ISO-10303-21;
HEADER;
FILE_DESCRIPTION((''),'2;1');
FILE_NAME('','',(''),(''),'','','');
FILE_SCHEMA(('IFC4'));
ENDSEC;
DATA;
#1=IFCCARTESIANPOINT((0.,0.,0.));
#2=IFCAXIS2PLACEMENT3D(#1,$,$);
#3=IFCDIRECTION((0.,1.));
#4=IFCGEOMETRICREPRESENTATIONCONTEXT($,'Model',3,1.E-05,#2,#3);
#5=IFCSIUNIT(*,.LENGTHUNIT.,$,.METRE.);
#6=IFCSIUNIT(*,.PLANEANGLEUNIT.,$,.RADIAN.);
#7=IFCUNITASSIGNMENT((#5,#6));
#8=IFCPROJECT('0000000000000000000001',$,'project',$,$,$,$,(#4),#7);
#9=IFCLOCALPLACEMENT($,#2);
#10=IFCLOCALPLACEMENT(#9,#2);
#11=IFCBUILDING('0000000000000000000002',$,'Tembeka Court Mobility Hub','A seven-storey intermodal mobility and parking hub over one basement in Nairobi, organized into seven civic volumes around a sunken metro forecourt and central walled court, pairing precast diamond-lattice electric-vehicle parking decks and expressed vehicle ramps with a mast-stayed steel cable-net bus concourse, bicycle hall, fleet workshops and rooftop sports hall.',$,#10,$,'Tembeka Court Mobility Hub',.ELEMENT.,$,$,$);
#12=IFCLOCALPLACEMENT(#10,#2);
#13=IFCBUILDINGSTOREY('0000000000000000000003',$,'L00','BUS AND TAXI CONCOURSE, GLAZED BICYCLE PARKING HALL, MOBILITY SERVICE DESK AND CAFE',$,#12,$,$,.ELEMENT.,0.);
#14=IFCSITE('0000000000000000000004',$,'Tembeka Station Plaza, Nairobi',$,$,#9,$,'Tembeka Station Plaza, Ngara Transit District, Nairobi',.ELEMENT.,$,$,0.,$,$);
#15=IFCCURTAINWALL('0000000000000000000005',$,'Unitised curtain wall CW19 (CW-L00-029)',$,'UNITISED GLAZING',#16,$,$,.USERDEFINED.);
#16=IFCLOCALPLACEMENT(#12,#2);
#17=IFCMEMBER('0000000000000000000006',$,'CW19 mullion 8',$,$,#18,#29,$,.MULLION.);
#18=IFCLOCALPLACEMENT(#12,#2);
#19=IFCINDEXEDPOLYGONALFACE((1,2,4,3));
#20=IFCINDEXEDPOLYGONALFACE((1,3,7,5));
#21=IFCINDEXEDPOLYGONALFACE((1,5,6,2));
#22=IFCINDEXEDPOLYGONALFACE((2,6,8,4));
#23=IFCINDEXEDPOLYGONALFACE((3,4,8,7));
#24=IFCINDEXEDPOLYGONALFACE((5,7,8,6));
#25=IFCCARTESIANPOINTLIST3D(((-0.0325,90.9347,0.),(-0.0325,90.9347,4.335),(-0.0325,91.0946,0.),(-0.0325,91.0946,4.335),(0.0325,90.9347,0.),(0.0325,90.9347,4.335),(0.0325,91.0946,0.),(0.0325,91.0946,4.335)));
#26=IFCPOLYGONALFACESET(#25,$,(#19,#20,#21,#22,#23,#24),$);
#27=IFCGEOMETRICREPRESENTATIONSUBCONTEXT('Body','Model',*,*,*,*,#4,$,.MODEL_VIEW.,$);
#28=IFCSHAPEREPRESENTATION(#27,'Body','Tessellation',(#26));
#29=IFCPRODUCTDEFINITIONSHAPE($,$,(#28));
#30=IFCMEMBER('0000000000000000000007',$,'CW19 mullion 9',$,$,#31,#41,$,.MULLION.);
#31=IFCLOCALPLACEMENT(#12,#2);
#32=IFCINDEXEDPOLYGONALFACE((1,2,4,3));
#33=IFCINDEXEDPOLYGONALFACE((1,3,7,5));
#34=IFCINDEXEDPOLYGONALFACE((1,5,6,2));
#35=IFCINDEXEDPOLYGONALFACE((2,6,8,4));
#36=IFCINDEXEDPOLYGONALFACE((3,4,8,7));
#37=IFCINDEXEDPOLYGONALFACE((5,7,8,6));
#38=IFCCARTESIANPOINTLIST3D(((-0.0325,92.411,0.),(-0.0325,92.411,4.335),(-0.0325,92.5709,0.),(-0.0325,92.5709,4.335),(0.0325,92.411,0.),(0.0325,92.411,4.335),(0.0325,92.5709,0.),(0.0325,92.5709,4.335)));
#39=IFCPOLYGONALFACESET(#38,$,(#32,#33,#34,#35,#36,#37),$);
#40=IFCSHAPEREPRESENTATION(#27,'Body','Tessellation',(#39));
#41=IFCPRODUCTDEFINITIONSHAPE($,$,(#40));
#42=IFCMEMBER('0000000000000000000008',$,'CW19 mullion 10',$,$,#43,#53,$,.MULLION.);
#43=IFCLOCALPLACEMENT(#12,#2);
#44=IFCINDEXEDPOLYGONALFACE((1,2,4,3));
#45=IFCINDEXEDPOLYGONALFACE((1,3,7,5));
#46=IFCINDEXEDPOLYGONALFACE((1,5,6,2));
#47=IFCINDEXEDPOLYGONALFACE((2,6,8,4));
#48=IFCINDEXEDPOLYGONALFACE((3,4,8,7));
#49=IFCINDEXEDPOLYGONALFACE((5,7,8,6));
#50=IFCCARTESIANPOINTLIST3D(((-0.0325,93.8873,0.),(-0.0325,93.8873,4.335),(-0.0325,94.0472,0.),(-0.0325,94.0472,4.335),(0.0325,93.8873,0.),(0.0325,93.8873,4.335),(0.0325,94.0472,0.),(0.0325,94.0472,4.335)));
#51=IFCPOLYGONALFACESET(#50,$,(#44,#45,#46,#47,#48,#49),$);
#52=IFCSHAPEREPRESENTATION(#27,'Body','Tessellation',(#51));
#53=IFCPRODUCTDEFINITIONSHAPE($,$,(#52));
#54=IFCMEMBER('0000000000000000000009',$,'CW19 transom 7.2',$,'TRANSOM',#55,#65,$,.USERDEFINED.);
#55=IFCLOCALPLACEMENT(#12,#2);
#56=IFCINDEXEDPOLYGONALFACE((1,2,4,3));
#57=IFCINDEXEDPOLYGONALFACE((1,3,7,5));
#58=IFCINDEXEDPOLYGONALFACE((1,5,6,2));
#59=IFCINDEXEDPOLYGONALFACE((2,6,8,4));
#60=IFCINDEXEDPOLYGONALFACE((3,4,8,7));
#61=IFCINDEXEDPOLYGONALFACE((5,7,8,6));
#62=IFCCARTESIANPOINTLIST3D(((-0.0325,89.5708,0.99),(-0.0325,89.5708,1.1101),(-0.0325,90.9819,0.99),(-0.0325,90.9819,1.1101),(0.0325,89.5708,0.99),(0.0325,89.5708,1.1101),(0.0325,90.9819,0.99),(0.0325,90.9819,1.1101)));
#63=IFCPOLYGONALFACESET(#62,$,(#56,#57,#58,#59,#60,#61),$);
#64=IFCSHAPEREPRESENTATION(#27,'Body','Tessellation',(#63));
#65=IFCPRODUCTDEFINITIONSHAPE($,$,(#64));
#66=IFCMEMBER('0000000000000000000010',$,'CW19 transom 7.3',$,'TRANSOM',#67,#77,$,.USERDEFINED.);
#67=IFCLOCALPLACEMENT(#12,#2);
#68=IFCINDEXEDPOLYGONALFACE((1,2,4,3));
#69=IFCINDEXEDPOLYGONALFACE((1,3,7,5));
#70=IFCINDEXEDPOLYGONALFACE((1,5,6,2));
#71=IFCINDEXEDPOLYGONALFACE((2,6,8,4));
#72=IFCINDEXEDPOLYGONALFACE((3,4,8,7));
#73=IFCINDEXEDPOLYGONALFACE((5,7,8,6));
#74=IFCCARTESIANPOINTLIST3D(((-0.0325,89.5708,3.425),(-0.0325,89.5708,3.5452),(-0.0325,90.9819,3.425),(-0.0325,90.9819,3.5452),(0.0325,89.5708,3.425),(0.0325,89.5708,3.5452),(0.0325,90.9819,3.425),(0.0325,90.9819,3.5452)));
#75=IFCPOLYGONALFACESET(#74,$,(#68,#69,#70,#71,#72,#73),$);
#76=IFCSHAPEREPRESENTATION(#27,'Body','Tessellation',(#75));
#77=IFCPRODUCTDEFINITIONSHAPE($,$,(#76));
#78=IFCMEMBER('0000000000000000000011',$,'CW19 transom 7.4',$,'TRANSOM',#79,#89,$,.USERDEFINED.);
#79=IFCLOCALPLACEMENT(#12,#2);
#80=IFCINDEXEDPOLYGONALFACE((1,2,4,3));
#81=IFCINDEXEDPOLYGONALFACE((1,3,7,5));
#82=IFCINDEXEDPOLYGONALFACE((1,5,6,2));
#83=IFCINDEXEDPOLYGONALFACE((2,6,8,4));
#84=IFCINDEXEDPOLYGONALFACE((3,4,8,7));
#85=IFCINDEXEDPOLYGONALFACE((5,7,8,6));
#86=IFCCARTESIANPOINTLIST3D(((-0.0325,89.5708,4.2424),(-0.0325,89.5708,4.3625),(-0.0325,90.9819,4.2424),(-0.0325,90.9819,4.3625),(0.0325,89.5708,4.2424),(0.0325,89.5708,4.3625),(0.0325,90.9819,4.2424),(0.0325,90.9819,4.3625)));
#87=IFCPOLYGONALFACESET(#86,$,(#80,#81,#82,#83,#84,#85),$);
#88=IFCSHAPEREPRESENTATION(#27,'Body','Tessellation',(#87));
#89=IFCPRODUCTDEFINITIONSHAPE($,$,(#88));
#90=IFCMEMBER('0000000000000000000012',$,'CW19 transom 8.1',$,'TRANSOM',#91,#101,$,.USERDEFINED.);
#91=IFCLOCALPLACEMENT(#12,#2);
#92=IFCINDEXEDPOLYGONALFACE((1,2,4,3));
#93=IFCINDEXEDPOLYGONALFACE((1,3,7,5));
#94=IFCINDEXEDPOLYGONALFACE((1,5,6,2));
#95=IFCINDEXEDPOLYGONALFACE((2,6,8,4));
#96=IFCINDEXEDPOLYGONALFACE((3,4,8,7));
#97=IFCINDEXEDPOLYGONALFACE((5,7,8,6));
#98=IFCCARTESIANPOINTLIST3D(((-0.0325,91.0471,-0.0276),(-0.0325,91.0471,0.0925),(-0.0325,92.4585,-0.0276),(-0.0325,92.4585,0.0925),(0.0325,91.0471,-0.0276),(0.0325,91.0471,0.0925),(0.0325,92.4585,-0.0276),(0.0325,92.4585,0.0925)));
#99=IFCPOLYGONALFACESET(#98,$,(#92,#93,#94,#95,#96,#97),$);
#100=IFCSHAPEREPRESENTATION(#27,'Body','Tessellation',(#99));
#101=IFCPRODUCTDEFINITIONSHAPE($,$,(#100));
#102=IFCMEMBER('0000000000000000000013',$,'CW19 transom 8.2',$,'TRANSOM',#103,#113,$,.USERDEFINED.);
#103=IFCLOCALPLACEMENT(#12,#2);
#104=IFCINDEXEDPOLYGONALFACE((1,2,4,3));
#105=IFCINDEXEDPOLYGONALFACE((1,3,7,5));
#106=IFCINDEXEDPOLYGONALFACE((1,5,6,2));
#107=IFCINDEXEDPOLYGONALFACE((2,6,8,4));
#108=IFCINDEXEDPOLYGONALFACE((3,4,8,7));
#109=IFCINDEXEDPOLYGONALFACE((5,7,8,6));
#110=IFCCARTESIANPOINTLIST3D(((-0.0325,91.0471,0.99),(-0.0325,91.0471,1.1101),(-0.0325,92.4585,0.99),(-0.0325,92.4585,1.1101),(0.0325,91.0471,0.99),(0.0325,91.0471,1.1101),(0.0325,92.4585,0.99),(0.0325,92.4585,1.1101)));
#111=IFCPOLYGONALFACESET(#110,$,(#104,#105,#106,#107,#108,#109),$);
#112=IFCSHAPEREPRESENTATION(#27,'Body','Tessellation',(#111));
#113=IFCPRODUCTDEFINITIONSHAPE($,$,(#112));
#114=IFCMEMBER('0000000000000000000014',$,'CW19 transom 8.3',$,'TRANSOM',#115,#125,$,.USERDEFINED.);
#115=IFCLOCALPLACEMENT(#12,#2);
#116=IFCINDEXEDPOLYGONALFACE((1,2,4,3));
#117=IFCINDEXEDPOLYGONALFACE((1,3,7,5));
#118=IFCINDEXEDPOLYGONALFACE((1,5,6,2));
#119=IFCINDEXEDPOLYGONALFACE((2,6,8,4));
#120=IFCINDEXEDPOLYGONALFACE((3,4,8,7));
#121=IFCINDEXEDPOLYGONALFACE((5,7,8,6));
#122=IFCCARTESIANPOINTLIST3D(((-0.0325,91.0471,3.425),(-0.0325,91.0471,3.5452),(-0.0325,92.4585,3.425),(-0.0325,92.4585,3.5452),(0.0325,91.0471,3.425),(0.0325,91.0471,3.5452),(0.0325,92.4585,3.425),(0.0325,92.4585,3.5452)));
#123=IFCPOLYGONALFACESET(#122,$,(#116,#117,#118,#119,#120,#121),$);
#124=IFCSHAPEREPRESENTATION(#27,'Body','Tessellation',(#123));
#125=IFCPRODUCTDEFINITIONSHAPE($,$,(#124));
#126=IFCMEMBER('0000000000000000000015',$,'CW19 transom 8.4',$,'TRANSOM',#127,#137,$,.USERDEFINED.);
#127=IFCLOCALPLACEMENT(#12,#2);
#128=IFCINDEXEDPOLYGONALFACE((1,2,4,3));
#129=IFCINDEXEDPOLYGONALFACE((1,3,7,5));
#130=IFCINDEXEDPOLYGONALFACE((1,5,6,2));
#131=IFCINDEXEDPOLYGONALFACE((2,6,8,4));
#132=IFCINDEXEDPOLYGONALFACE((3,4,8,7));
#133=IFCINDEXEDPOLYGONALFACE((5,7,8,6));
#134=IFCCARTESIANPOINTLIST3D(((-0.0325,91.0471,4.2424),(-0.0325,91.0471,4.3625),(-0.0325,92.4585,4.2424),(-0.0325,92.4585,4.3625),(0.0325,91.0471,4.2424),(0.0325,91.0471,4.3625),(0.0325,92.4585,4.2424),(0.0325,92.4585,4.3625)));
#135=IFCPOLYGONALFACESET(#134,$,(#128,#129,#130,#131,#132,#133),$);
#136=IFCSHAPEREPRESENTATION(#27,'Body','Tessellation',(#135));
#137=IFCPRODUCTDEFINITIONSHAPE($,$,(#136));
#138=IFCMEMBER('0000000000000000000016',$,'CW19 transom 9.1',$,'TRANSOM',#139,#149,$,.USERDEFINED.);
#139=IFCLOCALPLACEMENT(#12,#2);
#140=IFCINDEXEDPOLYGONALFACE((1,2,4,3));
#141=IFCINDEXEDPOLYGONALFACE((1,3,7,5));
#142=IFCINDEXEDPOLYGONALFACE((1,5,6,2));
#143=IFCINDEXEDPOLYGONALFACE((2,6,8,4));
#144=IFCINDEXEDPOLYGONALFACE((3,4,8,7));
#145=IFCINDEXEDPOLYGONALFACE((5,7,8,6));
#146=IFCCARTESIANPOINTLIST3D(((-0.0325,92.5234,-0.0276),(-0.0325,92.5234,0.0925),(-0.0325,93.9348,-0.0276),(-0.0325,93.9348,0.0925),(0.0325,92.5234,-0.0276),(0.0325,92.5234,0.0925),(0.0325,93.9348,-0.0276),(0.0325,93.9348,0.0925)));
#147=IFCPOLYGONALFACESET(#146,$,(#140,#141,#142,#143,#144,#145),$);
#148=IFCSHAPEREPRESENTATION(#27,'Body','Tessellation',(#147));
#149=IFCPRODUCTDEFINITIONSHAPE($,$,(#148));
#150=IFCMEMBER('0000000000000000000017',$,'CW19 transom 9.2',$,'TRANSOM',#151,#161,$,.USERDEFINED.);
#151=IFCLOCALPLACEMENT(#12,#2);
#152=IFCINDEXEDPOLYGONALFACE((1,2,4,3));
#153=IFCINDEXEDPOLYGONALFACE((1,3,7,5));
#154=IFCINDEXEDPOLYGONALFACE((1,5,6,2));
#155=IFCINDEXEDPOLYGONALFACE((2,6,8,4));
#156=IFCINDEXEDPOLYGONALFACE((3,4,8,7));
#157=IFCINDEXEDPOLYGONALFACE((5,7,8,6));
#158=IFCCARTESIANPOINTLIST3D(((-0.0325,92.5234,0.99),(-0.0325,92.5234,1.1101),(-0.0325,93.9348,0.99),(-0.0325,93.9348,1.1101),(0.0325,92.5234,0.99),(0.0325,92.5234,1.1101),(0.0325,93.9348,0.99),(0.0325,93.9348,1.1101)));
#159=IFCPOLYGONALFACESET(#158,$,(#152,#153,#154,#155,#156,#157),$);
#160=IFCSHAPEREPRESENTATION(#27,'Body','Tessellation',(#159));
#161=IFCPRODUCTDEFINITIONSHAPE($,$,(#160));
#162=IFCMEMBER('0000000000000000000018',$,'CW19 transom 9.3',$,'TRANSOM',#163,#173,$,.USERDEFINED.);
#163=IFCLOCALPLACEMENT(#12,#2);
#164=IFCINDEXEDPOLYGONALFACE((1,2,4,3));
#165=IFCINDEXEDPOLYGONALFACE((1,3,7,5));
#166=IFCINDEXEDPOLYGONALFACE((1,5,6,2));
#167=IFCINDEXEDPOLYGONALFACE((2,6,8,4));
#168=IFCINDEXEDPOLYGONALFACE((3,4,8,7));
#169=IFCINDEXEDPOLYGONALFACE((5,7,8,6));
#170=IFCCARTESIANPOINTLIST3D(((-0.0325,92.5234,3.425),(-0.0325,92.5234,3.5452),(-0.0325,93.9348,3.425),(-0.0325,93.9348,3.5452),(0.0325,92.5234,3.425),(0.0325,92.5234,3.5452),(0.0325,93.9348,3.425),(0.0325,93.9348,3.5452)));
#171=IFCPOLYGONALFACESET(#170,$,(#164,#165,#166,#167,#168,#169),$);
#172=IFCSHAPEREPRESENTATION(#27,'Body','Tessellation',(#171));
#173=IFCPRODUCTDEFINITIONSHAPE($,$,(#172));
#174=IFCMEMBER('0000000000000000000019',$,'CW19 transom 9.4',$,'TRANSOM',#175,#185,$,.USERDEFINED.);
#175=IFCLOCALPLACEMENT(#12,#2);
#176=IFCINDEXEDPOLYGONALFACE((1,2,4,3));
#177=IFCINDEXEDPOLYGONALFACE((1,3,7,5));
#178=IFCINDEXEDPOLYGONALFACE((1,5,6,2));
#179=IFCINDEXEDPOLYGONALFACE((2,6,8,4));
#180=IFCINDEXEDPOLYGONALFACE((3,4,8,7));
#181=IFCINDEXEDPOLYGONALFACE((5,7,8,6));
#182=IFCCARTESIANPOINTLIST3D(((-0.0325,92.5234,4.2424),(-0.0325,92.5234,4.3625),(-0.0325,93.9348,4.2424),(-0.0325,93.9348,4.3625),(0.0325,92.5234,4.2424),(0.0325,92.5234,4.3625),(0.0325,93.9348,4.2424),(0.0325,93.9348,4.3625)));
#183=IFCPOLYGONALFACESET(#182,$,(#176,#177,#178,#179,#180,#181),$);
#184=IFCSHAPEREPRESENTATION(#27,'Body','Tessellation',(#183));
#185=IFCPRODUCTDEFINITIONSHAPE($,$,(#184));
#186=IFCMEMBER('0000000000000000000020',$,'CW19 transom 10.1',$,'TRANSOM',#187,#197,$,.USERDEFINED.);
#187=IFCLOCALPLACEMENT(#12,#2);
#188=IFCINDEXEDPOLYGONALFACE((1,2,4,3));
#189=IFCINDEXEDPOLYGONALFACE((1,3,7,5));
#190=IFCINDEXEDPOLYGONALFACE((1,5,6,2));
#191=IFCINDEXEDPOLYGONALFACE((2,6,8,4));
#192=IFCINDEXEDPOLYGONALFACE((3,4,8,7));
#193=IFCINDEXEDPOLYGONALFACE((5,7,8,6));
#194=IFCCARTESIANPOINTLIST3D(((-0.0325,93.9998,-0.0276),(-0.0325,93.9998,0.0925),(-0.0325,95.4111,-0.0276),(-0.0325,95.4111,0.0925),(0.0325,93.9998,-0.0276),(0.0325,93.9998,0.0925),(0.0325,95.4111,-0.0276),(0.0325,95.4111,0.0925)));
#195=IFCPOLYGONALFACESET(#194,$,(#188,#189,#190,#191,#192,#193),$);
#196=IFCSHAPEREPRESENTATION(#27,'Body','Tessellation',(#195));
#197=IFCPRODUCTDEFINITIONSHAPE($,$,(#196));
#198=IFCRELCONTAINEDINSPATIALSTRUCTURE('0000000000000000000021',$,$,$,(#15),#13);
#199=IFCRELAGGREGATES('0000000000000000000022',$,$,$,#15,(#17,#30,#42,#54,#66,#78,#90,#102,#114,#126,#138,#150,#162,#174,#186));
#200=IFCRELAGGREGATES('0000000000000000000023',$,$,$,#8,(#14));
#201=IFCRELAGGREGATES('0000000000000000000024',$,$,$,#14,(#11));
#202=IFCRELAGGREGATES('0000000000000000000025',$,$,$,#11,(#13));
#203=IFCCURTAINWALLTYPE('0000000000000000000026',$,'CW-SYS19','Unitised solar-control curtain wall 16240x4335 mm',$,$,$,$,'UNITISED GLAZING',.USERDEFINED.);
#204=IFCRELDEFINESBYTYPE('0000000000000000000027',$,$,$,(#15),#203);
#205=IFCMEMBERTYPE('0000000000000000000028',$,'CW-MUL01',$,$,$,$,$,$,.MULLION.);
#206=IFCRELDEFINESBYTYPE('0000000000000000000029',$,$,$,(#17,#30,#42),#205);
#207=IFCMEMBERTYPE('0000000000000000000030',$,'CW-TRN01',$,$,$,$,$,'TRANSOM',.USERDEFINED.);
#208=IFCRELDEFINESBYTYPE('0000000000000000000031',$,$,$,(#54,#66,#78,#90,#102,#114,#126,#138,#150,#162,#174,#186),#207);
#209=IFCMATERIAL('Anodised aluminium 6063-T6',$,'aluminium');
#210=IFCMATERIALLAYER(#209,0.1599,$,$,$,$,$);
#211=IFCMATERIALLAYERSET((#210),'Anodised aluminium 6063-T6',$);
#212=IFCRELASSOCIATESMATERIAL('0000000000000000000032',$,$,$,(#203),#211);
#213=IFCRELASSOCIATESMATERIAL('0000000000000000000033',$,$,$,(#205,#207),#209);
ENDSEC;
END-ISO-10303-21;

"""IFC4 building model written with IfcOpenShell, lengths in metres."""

from ifc_helpers import new_model, si_unit, direction, frame, origin, origin_2d, place, context, subcontext, project, spatial, rectangle, extrude, material, layer, layer_set, material_profile, profile_set, type_object, element, aggregate, save


model = new_model("IFC4")

# Units and contexts
model_context = context("Model", 3, precision=1e-05, world=origin(), true_north=direction((0.0, 1.0)))
body_context = subcontext(model_context, "Body", "Model", "MODEL_VIEW")
ifc_project = project(units=[si_unit("LENGTHUNIT", "METRE"), si_unit("PLANEANGLEUNIT", "RADIAN")], contexts=[model_context])

# Site, building, storey
site_placement = place(None, origin())
site = spatial("IfcSite", under=ifc_project, at=site_placement, Name="Tembeka Station Plaza, Nairobi", LongName="Tembeka Station Plaza, Ngara Transit District, Nairobi", CompositionType="ELEMENT", RefElevation=0.0)
building_placement = place(site_placement, origin())
building = spatial("IfcBuilding", under=site, at=building_placement, Name="Tembeka Court Mobility Hub", Description="A seven-storey intermodal mobility and parking hub over one basement in Nairobi, organized into seven civic volumes around a sunken metro forecourt and central walled court, pairing precast diamond-lattice electric-vehicle parking decks and expressed vehicle ramps with a mast-stayed steel cable-net bus concourse, bicycle hall, fleet workshops and rooftop sports hall.", LongName="Tembeka Court Mobility Hub", CompositionType="ELEMENT")
storey_placement = place(building_placement, origin())
storey = spatial("IfcBuildingStorey", under=building, at=storey_placement, Name="L00", Description="BUS AND TAXI CONCOURSE, GLAZED BICYCLE PARKING HALL, MOBILITY SERVICE DESK AND CAFE", CompositionType="ELEMENT", Elevation=0.0)

# Curtain wall, members
ifc_material_1 = material(Name="Anodised aluminium 6063-T6", Category="aluminium")
ifc_layer_1 = layer(ifc_material_1, 0.1599)
ifc_layer_set_1 = layer_set([ifc_layer_1], Name="Anodised aluminium 6063-T6")
curtain_wall_type = type_object("IfcCurtainWallType", Name="CW-SYS19", Description="Unitised solar-control curtain wall 16240x4335 mm", ElementType="UNITISED GLAZING", PredefinedType="USERDEFINED", material=ifc_layer_set_1)
curtain_wall_placement = place(storey_placement, origin())
curtain_wall = element("IfcCurtainWall", 1, at=curtain_wall_placement, inside=storey, type_object=curtain_wall_type, Name="Unitised curtain wall CW19 (CW-L00-029)", ObjectType="UNITISED GLAZING", PredefinedType="USERDEFINED")
ifc_material_profile_1 = material_profile(ifc_material_1, rectangle(XDim=0.0649, YDim=0.1599, at=origin_2d()), Name="ALU-MUL 65x160")
ifc_profile_set_1 = profile_set([ifc_material_profile_1], Name="Anodised aluminium 6063-T6")
member_type_1 = type_object("IfcMemberType", Name="CW-MUL01", PredefinedType="MULLION", material=ifc_profile_set_1)
member_1_placement = place(storey_placement, frame((0.0, 91.0146, 0.0), z_axis=(0.0, 0.0, 1.0), x_axis=(-1.0, 0.0, 0.0)))
member_1 = element("IfcMember", 2, at=member_1_placement, type_object=member_type_1, Name="CW19 mullion 8", PredefinedType="MULLION", context=body_context, shape_type="SweptSolid", body=[
    extrude(rectangle(XDim=0.0649, YDim=0.1599, at=origin_2d()), origin(), (0.0, 0.0, 1.0), 4.335),
])
member_2_placement = place(storey_placement, frame((0.0, 92.491, 0.0), z_axis=(0.0, 0.0, 1.0), x_axis=(-1.0, 0.0, 0.0)))
member_2 = element("IfcMember", 3, at=member_2_placement, type_object=member_type_1, Name="CW19 mullion 9", PredefinedType="MULLION", context=body_context, shape_type="SweptSolid", body=[
    extrude(rectangle(XDim=0.0649, YDim=0.1599, at=origin_2d()), origin(), (0.0, 0.0, 1.0), 4.335),
])
member_3_placement = place(storey_placement, frame((0.0, 93.9673, 0.0), z_axis=(0.0, 0.0, 1.0), x_axis=(-1.0, 0.0, 0.0)))
member_3 = element("IfcMember", 4, at=member_3_placement, type_object=member_type_1, Name="CW19 mullion 10", PredefinedType="MULLION", context=body_context, shape_type="SweptSolid", body=[
    extrude(rectangle(XDim=0.0649, YDim=0.1599, at=origin_2d()), origin(), (0.0, 0.0, 1.0), 4.335),
])
ifc_material_profile_2 = material_profile(ifc_material_1, rectangle(XDim=0.0649, YDim=0.1201, at=origin_2d()), Name="ALU-TRN 65x120")
ifc_profile_set_2 = profile_set([ifc_material_profile_2], Name="Anodised aluminium 6063-T6")
member_type_2 = type_object("IfcMemberType", Name="CW-TRN01", ElementType="TRANSOM", PredefinedType="USERDEFINED", material=ifc_profile_set_2)
member_4_placement = place(storey_placement, frame((0.0, 89.5708, 1.05), z_axis=(0.0, 1.0, 0.0), x_axis=(-1.0, 0.0, 0.0)))
member_4 = element("IfcMember", 5, at=member_4_placement, type_object=member_type_2, Name="CW19 transom 7.2", ObjectType="TRANSOM", PredefinedType="USERDEFINED", context=body_context, shape_type="SweptSolid", body=[
    extrude(rectangle(XDim=0.0649, YDim=0.1201, at=origin_2d()), origin(), (0.0, 0.0, 1.0), 1.4111),
])
member_5_placement = place(storey_placement, frame((0.0, 89.5708, 3.4851), z_axis=(0.0, 1.0, 0.0), x_axis=(-1.0, 0.0, 0.0)))
member_5 = element("IfcMember", 6, at=member_5_placement, type_object=member_type_2, Name="CW19 transom 7.3", ObjectType="TRANSOM", PredefinedType="USERDEFINED", context=body_context, shape_type="SweptSolid", body=[
    extrude(rectangle(XDim=0.0649, YDim=0.1201, at=origin_2d()), origin(), (0.0, 0.0, 1.0), 1.4111),
])
member_6_placement = place(storey_placement, frame((0.0, 89.5708, 4.3025), z_axis=(0.0, 1.0, 0.0), x_axis=(-1.0, 0.0, 0.0)))
member_6 = element("IfcMember", 7, at=member_6_placement, type_object=member_type_2, Name="CW19 transom 7.4", ObjectType="TRANSOM", PredefinedType="USERDEFINED", context=body_context, shape_type="SweptSolid", body=[
    extrude(rectangle(XDim=0.0649, YDim=0.1201, at=origin_2d()), origin(), (0.0, 0.0, 1.0), 1.4111),
])
member_7_placement = place(storey_placement, frame((0.0, 91.0471, 0.0325), z_axis=(0.0, 1.0, 0.0), x_axis=(-1.0, 0.0, 0.0)))
member_7 = element("IfcMember", 8, at=member_7_placement, type_object=member_type_2, Name="CW19 transom 8.1", ObjectType="TRANSOM", PredefinedType="USERDEFINED", context=body_context, shape_type="SweptSolid", body=[
    extrude(rectangle(XDim=0.0649, YDim=0.1201, at=origin_2d()), origin(), (0.0, 0.0, 1.0), 1.4114),
])
member_8_placement = place(storey_placement, frame((0.0, 91.0471, 1.05), z_axis=(0.0, 1.0, 0.0), x_axis=(-1.0, 0.0, 0.0)))
member_8 = element("IfcMember", 9, at=member_8_placement, type_object=member_type_2, Name="CW19 transom 8.2", ObjectType="TRANSOM", PredefinedType="USERDEFINED", context=body_context, shape_type="SweptSolid", body=[
    extrude(rectangle(XDim=0.0649, YDim=0.1201, at=origin_2d()), origin(), (0.0, 0.0, 1.0), 1.4114),
])
member_9_placement = place(storey_placement, frame((0.0, 91.0471, 3.4851), z_axis=(0.0, 1.0, 0.0), x_axis=(-1.0, 0.0, 0.0)))
member_9 = element("IfcMember", 10, at=member_9_placement, type_object=member_type_2, Name="CW19 transom 8.3", ObjectType="TRANSOM", PredefinedType="USERDEFINED", context=body_context, shape_type="SweptSolid", body=[
    extrude(rectangle(XDim=0.0649, YDim=0.1201, at=origin_2d()), origin(), (0.0, 0.0, 1.0), 1.4114),
])
member_10_placement = place(storey_placement, frame((0.0, 91.0471, 4.3025), z_axis=(0.0, 1.0, 0.0), x_axis=(-1.0, 0.0, 0.0)))
member_10 = element("IfcMember", 11, at=member_10_placement, type_object=member_type_2, Name="CW19 transom 8.4", ObjectType="TRANSOM", PredefinedType="USERDEFINED", context=body_context, shape_type="SweptSolid", body=[
    extrude(rectangle(XDim=0.0649, YDim=0.1201, at=origin_2d()), origin(), (0.0, 0.0, 1.0), 1.4114),
])
member_11_placement = place(storey_placement, frame((0.0, 92.5234, 0.0325), z_axis=(0.0, 1.0, 0.0), x_axis=(-1.0, 0.0, 0.0)))
member_11 = element("IfcMember", 12, at=member_11_placement, type_object=member_type_2, Name="CW19 transom 9.1", ObjectType="TRANSOM", PredefinedType="USERDEFINED", context=body_context, shape_type="SweptSolid", body=[
    extrude(rectangle(XDim=0.0649, YDim=0.1201, at=origin_2d()), origin(), (0.0, 0.0, 1.0), 1.4114),
])
member_12_placement = place(storey_placement, frame((0.0, 92.5234, 1.05), z_axis=(0.0, 1.0, 0.0), x_axis=(-1.0, 0.0, 0.0)))
member_12 = element("IfcMember", 13, at=member_12_placement, type_object=member_type_2, Name="CW19 transom 9.2", ObjectType="TRANSOM", PredefinedType="USERDEFINED", context=body_context, shape_type="SweptSolid", body=[
    extrude(rectangle(XDim=0.0649, YDim=0.1201, at=origin_2d()), origin(), (0.0, 0.0, 1.0), 1.4114),
])
member_13_placement = place(storey_placement, frame((0.0, 92.5234, 3.4851), z_axis=(0.0, 1.0, 0.0), x_axis=(-1.0, 0.0, 0.0)))
member_13 = element("IfcMember", 14, at=member_13_placement, type_object=member_type_2, Name="CW19 transom 9.3", ObjectType="TRANSOM", PredefinedType="USERDEFINED", context=body_context, shape_type="SweptSolid", body=[
    extrude(rectangle(XDim=0.0649, YDim=0.1201, at=origin_2d()), origin(), (0.0, 0.0, 1.0), 1.4114),
])
member_14_placement = place(storey_placement, frame((0.0, 92.5234, 4.3025), z_axis=(0.0, 1.0, 0.0), x_axis=(-1.0, 0.0, 0.0)))
member_14 = element("IfcMember", 15, at=member_14_placement, type_object=member_type_2, Name="CW19 transom 9.4", ObjectType="TRANSOM", PredefinedType="USERDEFINED", context=body_context, shape_type="SweptSolid", body=[
    extrude(rectangle(XDim=0.0649, YDim=0.1201, at=origin_2d()), origin(), (0.0, 0.0, 1.0), 1.4114),
])
member_15_placement = place(storey_placement, frame((0.0, 93.9998, 0.0325), z_axis=(0.0, 1.0, 0.0), x_axis=(-1.0, 0.0, 0.0)))
member_15 = element("IfcMember", 16, at=member_15_placement, type_object=member_type_2, Name="CW19 transom 10.1", ObjectType="TRANSOM", PredefinedType="USERDEFINED", context=body_context, shape_type="SweptSolid", body=[
    extrude(rectangle(XDim=0.0649, YDim=0.1201, at=origin_2d()), origin(), (0.0, 0.0, 1.0), 1.4114),
])
aggregate(curtain_wall, [member_1, member_2, member_3, member_4, member_5, member_6, member_7, member_8, member_9, member_10, member_11, member_12, member_13, member_14, member_15])

save(model, "model.ifc")
